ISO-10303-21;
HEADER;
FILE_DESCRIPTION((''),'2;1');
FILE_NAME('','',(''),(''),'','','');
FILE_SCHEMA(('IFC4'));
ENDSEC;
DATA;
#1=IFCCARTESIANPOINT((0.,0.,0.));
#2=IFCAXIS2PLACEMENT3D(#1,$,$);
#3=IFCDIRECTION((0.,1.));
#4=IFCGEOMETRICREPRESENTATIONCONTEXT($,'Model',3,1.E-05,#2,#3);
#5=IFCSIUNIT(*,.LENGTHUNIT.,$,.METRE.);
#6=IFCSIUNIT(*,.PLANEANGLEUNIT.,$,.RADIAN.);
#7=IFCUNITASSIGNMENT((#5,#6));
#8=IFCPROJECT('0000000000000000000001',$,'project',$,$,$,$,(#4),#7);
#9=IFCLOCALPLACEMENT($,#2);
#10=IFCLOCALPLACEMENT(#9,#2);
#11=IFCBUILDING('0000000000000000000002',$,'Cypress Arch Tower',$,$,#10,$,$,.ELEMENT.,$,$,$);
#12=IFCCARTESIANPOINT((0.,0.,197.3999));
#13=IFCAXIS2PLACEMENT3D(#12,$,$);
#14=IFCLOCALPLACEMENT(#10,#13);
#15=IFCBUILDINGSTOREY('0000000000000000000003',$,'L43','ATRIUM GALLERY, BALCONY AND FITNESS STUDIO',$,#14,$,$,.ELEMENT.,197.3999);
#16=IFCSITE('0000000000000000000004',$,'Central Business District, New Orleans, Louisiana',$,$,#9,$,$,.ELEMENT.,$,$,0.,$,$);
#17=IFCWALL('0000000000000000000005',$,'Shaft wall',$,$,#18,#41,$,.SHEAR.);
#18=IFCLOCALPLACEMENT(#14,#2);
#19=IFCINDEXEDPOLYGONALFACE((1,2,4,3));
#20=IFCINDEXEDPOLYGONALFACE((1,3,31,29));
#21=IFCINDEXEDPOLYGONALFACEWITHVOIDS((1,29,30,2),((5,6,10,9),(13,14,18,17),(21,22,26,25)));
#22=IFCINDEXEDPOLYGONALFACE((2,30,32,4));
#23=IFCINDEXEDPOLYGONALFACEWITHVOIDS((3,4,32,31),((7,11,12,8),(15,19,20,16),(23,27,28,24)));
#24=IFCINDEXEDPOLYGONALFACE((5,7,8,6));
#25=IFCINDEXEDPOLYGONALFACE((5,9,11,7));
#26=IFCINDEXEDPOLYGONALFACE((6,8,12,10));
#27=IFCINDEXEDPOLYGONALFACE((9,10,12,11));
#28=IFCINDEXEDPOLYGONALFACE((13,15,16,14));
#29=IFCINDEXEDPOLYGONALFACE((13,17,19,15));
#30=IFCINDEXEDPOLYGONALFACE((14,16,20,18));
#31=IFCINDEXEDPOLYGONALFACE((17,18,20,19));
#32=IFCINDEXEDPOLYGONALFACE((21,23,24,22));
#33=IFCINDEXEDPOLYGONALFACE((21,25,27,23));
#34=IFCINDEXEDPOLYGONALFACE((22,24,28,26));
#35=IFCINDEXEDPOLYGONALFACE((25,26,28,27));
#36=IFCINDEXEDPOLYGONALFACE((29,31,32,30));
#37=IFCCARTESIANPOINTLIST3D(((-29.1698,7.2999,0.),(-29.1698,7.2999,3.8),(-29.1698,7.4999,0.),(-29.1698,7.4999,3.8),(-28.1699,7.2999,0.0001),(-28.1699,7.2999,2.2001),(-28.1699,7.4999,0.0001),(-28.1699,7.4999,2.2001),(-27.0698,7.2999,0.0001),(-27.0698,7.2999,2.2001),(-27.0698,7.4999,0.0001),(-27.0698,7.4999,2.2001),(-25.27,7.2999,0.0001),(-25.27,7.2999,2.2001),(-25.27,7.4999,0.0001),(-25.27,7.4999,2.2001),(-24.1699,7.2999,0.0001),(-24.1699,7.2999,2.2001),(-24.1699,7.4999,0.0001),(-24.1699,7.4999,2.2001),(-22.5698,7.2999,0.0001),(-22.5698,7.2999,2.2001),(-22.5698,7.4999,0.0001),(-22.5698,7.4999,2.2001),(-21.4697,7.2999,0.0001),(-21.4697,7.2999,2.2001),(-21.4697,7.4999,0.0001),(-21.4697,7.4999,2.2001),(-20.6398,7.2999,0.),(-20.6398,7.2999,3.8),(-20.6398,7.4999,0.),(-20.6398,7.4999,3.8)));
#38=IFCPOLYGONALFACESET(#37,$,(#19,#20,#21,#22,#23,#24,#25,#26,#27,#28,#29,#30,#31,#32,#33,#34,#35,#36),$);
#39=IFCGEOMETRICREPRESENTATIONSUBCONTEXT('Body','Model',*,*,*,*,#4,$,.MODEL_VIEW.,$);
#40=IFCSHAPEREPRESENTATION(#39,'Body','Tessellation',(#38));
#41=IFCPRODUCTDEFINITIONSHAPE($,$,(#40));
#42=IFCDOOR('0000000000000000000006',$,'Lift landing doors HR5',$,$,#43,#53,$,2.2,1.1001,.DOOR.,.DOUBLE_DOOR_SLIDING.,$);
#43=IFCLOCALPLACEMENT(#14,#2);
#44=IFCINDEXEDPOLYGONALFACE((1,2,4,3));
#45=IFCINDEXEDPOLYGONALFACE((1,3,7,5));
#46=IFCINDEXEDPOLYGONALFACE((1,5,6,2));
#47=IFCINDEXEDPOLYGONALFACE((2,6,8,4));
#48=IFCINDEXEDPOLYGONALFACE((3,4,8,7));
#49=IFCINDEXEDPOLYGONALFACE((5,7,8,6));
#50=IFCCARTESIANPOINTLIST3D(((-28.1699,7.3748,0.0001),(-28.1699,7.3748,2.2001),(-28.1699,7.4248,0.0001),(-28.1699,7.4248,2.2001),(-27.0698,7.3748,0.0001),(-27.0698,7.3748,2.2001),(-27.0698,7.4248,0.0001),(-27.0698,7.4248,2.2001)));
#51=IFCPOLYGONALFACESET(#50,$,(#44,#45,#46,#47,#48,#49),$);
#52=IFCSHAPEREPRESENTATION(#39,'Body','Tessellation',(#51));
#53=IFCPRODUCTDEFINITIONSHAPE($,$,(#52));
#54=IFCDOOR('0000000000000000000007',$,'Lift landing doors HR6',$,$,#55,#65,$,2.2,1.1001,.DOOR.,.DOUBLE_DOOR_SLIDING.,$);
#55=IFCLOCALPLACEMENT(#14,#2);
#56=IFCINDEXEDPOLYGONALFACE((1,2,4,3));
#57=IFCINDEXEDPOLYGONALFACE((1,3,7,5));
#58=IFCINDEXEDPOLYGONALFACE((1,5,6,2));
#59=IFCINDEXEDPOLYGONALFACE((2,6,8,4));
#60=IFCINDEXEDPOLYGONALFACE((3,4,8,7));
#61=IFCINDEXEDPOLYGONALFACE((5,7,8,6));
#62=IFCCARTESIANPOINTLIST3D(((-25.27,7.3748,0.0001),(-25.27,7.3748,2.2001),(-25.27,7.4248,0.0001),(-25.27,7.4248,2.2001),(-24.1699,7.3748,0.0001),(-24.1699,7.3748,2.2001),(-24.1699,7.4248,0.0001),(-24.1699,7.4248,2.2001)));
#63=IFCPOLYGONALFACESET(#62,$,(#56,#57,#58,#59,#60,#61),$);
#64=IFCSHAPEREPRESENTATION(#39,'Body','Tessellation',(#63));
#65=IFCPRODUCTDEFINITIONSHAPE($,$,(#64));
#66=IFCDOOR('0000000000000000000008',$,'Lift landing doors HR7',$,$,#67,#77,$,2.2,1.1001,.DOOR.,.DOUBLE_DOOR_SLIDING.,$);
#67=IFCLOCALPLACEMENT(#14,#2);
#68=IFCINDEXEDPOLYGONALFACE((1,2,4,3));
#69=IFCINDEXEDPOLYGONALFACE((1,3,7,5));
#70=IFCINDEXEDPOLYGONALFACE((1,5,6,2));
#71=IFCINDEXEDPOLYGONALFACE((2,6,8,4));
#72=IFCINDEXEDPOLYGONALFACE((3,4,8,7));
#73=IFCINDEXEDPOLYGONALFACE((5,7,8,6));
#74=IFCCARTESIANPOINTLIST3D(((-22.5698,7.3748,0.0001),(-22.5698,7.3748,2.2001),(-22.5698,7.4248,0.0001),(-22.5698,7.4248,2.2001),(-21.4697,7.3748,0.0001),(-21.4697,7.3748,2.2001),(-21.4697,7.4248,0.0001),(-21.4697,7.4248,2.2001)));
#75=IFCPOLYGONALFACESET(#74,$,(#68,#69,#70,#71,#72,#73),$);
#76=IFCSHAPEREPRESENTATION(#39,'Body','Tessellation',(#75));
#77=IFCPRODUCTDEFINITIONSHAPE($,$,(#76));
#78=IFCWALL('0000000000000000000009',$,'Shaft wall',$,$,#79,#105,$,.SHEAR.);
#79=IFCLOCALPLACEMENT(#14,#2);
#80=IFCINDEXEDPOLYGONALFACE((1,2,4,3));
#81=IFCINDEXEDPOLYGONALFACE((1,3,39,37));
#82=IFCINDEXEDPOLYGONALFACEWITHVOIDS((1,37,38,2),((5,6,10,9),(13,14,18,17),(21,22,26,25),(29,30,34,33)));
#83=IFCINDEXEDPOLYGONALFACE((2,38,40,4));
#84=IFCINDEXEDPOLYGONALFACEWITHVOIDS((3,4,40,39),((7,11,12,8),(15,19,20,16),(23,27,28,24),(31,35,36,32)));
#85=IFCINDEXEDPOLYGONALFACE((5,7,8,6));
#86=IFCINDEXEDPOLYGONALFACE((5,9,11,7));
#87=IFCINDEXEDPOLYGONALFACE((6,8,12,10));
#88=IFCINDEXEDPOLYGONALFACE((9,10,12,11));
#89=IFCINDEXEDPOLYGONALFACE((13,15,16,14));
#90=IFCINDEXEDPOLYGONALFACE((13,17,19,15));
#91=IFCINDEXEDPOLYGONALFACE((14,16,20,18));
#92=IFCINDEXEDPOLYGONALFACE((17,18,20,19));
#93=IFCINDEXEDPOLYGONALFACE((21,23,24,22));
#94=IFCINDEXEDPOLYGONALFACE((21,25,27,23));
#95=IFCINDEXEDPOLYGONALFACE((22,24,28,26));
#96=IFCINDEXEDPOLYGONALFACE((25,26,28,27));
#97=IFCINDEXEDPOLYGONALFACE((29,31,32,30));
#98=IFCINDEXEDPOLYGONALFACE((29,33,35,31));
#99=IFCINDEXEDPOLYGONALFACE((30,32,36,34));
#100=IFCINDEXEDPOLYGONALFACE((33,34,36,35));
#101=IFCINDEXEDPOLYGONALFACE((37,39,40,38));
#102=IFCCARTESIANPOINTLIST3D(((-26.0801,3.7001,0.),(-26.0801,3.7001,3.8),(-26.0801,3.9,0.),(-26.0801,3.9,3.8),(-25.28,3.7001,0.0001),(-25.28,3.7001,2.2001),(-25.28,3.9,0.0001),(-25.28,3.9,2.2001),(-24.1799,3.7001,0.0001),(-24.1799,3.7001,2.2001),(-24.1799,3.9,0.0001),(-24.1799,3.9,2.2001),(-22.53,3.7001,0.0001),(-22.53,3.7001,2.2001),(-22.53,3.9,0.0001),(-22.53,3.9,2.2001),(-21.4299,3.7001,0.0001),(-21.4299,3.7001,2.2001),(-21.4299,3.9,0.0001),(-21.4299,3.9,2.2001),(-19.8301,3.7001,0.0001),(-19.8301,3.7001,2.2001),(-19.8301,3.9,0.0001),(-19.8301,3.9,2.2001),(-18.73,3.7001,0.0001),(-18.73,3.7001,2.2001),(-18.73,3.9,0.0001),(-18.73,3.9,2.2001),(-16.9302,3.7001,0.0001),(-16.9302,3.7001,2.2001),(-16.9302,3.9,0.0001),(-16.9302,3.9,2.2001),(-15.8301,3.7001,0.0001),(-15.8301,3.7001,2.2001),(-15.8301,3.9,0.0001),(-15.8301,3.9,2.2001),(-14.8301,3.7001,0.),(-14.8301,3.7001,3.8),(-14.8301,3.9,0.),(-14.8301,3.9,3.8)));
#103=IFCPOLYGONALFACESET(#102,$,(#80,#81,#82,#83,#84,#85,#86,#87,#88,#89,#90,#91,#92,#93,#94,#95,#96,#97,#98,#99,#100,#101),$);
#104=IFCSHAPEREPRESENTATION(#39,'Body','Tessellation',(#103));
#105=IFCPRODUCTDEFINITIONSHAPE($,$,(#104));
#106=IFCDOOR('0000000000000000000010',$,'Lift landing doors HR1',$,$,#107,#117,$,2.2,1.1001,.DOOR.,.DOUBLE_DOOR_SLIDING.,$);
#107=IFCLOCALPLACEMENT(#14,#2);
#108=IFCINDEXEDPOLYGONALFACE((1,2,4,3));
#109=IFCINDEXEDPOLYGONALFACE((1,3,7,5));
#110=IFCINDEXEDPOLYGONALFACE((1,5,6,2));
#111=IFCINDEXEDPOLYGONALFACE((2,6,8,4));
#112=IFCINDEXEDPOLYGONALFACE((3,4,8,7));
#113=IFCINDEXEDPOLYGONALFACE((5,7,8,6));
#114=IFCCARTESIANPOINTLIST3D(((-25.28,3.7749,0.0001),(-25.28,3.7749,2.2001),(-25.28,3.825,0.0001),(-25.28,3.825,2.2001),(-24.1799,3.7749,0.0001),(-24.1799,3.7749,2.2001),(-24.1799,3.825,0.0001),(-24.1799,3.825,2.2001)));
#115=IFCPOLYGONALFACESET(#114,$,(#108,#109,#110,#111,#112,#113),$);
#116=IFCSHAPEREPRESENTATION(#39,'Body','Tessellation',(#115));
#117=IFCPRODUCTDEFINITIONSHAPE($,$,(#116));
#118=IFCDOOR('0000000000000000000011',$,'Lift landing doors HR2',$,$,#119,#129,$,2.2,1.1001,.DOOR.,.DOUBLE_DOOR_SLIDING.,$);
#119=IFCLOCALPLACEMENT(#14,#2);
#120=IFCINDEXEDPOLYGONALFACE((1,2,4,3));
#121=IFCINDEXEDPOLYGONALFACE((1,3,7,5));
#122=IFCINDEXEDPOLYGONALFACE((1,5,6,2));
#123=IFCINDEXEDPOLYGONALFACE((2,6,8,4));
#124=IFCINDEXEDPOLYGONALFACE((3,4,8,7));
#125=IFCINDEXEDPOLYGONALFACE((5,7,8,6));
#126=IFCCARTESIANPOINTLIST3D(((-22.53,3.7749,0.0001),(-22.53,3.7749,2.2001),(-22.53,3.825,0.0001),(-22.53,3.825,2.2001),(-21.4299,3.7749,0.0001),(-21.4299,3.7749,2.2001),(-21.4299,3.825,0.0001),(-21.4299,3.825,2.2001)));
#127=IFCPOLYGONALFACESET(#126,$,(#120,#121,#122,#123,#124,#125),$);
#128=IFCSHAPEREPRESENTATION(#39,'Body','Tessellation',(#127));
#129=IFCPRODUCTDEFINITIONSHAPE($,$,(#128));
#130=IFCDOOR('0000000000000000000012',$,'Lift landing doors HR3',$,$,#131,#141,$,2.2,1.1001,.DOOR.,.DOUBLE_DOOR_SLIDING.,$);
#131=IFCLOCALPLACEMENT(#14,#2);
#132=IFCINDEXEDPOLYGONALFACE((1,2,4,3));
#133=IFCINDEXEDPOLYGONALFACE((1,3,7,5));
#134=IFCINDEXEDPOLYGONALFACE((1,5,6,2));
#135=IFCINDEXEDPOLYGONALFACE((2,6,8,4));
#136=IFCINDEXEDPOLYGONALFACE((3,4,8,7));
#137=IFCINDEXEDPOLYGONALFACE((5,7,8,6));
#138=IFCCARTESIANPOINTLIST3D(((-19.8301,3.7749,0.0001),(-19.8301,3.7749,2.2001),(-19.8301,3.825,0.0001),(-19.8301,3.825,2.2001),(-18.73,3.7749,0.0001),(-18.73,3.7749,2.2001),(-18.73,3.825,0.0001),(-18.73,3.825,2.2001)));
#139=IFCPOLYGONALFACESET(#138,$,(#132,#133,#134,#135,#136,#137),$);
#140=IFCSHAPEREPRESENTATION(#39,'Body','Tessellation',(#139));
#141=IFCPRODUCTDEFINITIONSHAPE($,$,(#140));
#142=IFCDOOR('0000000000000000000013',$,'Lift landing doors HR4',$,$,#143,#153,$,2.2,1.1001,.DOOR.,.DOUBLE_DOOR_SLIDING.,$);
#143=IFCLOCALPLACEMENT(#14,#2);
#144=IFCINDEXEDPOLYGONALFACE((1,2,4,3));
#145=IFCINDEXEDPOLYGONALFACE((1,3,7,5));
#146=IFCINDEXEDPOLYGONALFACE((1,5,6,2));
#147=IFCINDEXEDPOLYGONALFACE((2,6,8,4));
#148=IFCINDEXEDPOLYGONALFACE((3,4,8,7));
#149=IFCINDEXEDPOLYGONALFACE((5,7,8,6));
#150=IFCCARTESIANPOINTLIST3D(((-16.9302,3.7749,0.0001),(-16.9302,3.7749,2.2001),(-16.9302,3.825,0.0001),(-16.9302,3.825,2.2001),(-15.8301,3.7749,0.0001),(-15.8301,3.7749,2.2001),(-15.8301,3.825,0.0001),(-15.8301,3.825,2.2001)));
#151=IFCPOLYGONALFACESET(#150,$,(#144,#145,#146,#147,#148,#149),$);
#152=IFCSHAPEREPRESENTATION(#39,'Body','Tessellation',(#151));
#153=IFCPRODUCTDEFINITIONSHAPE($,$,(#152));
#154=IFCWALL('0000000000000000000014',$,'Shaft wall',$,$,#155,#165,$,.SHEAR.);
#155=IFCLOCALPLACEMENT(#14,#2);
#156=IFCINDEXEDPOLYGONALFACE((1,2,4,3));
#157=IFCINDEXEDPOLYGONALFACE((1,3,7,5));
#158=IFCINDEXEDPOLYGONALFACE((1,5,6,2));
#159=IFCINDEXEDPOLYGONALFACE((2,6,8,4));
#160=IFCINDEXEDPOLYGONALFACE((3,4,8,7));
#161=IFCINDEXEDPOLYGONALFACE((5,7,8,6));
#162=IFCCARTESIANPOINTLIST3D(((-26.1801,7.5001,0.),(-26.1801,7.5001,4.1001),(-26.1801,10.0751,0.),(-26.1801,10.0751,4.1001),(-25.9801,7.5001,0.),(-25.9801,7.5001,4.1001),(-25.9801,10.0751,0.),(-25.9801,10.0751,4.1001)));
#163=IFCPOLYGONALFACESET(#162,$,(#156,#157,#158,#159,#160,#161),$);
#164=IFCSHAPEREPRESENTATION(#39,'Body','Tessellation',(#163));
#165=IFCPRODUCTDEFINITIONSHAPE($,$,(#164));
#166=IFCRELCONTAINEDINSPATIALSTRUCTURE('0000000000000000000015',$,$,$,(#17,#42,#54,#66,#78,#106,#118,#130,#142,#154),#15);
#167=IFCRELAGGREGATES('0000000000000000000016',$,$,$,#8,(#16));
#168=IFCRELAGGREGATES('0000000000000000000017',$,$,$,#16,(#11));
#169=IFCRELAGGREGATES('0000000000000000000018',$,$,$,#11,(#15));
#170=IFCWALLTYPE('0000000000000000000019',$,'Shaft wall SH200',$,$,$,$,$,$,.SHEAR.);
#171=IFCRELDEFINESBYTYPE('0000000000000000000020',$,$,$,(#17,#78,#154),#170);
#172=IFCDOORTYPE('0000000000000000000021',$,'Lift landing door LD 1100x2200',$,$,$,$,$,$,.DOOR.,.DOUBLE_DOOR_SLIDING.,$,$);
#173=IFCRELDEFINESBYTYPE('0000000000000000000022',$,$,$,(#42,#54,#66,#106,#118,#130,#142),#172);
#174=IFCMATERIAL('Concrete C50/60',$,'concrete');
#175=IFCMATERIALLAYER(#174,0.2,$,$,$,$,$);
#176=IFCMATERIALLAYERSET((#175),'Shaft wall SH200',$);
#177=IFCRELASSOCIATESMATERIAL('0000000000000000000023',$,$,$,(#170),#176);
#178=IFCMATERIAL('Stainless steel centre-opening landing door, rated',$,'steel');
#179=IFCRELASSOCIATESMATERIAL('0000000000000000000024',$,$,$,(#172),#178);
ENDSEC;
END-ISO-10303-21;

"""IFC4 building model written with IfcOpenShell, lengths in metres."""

from ifc_helpers import new_model, si_unit, direction, frame, frame_2d, origin, place, context, subcontext, project, spatial, rectangle, extrude, material, layer, layer_set, type_object, element, fill, save


model = new_model("IFC4")

# Units and contexts
model_context = context("Model", 3, precision=1e-05, world=origin(), true_north=direction((0.0, 1.0)))
body_context = subcontext(model_context, "Body", "Model", "MODEL_VIEW")
ifc_project = project(units=[si_unit("LENGTHUNIT", "METRE"), si_unit("PLANEANGLEUNIT", "RADIAN")], contexts=[model_context])

# Site, building, storey
site_placement = place(None, origin())
site = spatial("IfcSite", under=ifc_project, at=site_placement, Name="Central Business District, New Orleans, Louisiana", CompositionType="ELEMENT", RefElevation=0.0)
building_placement = place(site_placement, origin())
building = spatial("IfcBuilding", under=site, at=building_placement, Name="Cypress Arch Tower", CompositionType="ELEMENT")
storey_placement = place(building_placement, frame((0.0, 0.0, 197.3999)))
storey = spatial("IfcBuildingStorey", under=building, at=storey_placement, Name="L43", Description="ATRIUM GALLERY, BALCONY AND FITNESS STUDIO", CompositionType="ELEMENT", Elevation=197.3999)

# Walls, openings, doors
ifc_material_1 = material(Name="Concrete C50/60", Category="concrete")
ifc_layer_1 = layer(ifc_material_1, 0.2)
ifc_layer_set_1 = layer_set([ifc_layer_1], Name="Shaft wall SH200")
wall_type_1 = type_object("IfcWallType", Name="Shaft wall SH200", PredefinedType="SHEAR", material=ifc_layer_set_1)
wall_1_placement = place(storey_placement, frame((-29.1699, 7.3999, 0.0), z_axis=(0.0, 0.0, 1.0), x_axis=(1.0, 0.0, 0.0)))
wall_1 = element("IfcWall", 1, at=wall_1_placement, inside=storey, type_object=wall_type_1, Name="Shaft wall", PredefinedType="SHEAR", context=body_context, shape_type="SweptSolid", body=[
    extrude(rectangle(XDim=8.53, YDim=0.2, at=frame_2d((4.2651, 0.0))), origin(), (0.0, 0.0, 1.0), 3.8),
])
opening_1_placement = place(wall_1_placement, frame((1.0, 0.0, 0.0)))
opening_1 = element("IfcOpeningElement", 2, at=opening_1_placement, cuts=wall_1, PredefinedType="OPENING", context=body_context, shape_type="SweptSolid", body=[
    extrude(rectangle(XDim=1.1001, YDim=2.2, at=frame_2d((0.55, 1.1001))), frame((0.0, 0.1099, 0.0), z_axis=(0.0, -1.0, 0.0), x_axis=(1.0, 0.0, 0.0)), (0.0, 0.0, 1.0), 0.22),
])
opening_2_placement = place(wall_1_placement, frame((3.8999, 0.0, 0.0)))
opening_2 = element("IfcOpeningElement", 3, at=opening_2_placement, cuts=wall_1, PredefinedType="OPENING", context=body_context, shape_type="SweptSolid", body=[
    extrude(rectangle(XDim=1.1001, YDim=2.2, at=frame_2d((0.55, 1.1001))), frame((0.0, 0.1099, 0.0), z_axis=(0.0, -1.0, 0.0), x_axis=(1.0, 0.0, 0.0)), (0.0, 0.0, 1.0), 0.22),
])
opening_3_placement = place(wall_1_placement, frame((6.6001, 0.0, 0.0)))
opening_3 = element("IfcOpeningElement", 4, at=opening_3_placement, cuts=wall_1, PredefinedType="OPENING", context=body_context, shape_type="SweptSolid", body=[
    extrude(rectangle(XDim=1.1001, YDim=2.2, at=frame_2d((0.55, 1.1001))), frame((0.0, 0.1099, 0.0), z_axis=(0.0, -1.0, 0.0), x_axis=(1.0, 0.0, 0.0)), (0.0, 0.0, 1.0), 0.22),
])
ifc_material_2 = material(Name="Stainless steel centre-opening landing door, rated", Category="steel")
door_type_1 = type_object("IfcDoorType", Name="Lift landing door LD 1100x2200", OperationType="DOUBLE_DOOR_SLIDING", PredefinedType="DOOR", material=ifc_material_2)
door_1_placement = place(opening_1_placement, origin())
door_1 = element("IfcDoor", 5, at=door_1_placement, inside=storey, type_object=door_type_1, Name="Lift landing doors HR5", OperationType="DOUBLE_DOOR_SLIDING", OverallHeight=2.2, OverallWidth=1.1001, PredefinedType="DOOR", context=body_context, shape_type="SweptSolid", body=[
    extrude(rectangle(XDim=1.1001, YDim=2.2, at=frame_2d((0.55, 1.1001))), frame((0.0, 0.0249, 0.0), z_axis=(0.0, -1.0, 0.0), x_axis=(1.0, 0.0, 0.0)), (0.0, 0.0, 1.0), 0.05),
])
fill(opening_1, door_1)
door_2_placement = place(opening_2_placement, origin())
door_2 = element("IfcDoor", 6, at=door_2_placement, inside=storey, type_object=door_type_1, Name="Lift landing doors HR6", OperationType="DOUBLE_DOOR_SLIDING", OverallHeight=2.2, OverallWidth=1.1001, PredefinedType="DOOR", context=body_context, shape_type="SweptSolid", body=[
    extrude(rectangle(XDim=1.1001, YDim=2.2, at=frame_2d((0.55, 1.1001))), frame((0.0, 0.0249, 0.0), z_axis=(0.0, -1.0, 0.0), x_axis=(1.0, 0.0, 0.0)), (0.0, 0.0, 1.0), 0.05),
])
fill(opening_2, door_2)
door_3_placement = place(opening_3_placement, origin())
door_3 = element("IfcDoor", 7, at=door_3_placement, inside=storey, type_object=door_type_1, Name="Lift landing doors HR7", OperationType="DOUBLE_DOOR_SLIDING", OverallHeight=2.2, OverallWidth=1.1001, PredefinedType="DOOR", context=body_context, shape_type="SweptSolid", body=[
    extrude(rectangle(XDim=1.1001, YDim=2.2, at=frame_2d((0.55, 1.1001))), frame((0.0, 0.0249, 0.0), z_axis=(0.0, -1.0, 0.0), x_axis=(1.0, 0.0, 0.0)), (0.0, 0.0, 1.0), 0.05),
])
fill(opening_3, door_3)
wall_2_placement = place(storey_placement, frame((-26.0801, 3.8, 0.0), z_axis=(0.0, 0.0, 1.0), x_axis=(1.0, 0.0, 0.0)))
wall_2 = element("IfcWall", 8, at=wall_2_placement, inside=storey, type_object=wall_type_1, Name="Shaft wall", PredefinedType="SHEAR", context=body_context, shape_type="SweptSolid", body=[
    extrude(rectangle(XDim=11.25, YDim=0.2, at=frame_2d((5.625, 0.0))), origin(), (0.0, 0.0, 1.0), 3.8),
])
opening_4_placement = place(wall_2_placement, frame((0.8, 0.0, 0.0)))
opening_4 = element("IfcOpeningElement", 9, at=opening_4_placement, cuts=wall_2, PredefinedType="OPENING", context=body_context, shape_type="SweptSolid", body=[
    extrude(rectangle(XDim=1.1001, YDim=2.2, at=frame_2d((0.55, 1.1001))), frame((0.0, 0.1099, 0.0), z_axis=(0.0, -1.0, 0.0), x_axis=(1.0, 0.0, 0.0)), (0.0, 0.0, 1.0), 0.22),
])
opening_5_placement = place(wall_2_placement, frame((3.55, 0.0, 0.0)))
opening_5 = element("IfcOpeningElement", 10, at=opening_5_placement, cuts=wall_2, PredefinedType="OPENING", context=body_context, shape_type="SweptSolid", body=[
    extrude(rectangle(XDim=1.1001, YDim=2.2, at=frame_2d((0.55, 1.1001))), frame((0.0, 0.1099, 0.0), z_axis=(0.0, -1.0, 0.0), x_axis=(1.0, 0.0, 0.0)), (0.0, 0.0, 1.0), 0.22),
])
opening_6_placement = place(wall_2_placement, frame((6.25, 0.0, 0.0)))
opening_6 = element("IfcOpeningElement", 11, at=opening_6_placement, cuts=wall_2, PredefinedType="OPENING", context=body_context, shape_type="SweptSolid", body=[
    extrude(rectangle(XDim=1.1001, YDim=2.2, at=frame_2d((0.55, 1.1001))), frame((0.0, 0.1099, 0.0), z_axis=(0.0, -1.0, 0.0), x_axis=(1.0, 0.0, 0.0)), (0.0, 0.0, 1.0), 0.22),
])
opening_7_placement = place(wall_2_placement, frame((9.1499, 0.0, 0.0)))
opening_7 = element("IfcOpeningElement", 12, at=opening_7_placement, cuts=wall_2, PredefinedType="OPENING", context=body_context, shape_type="SweptSolid", body=[
    extrude(rectangle(XDim=1.1001, YDim=2.2, at=frame_2d((0.55, 1.1001))), frame((0.0, 0.1099, 0.0), z_axis=(0.0, -1.0, 0.0), x_axis=(1.0, 0.0, 0.0)), (0.0, 0.0, 1.0), 0.22),
])
door_4_placement = place(opening_4_placement, origin())
door_4 = element("IfcDoor", 13, at=door_4_placement, inside=storey, type_object=door_type_1, Name="Lift landing doors HR1", OperationType="DOUBLE_DOOR_SLIDING", OverallHeight=2.2, OverallWidth=1.1001, PredefinedType="DOOR", context=body_context, shape_type="SweptSolid", body=[
    extrude(rectangle(XDim=1.1001, YDim=2.2, at=frame_2d((0.55, 1.1001))), frame((0.0, 0.0249, 0.0), z_axis=(0.0, -1.0, 0.0), x_axis=(1.0, 0.0, 0.0)), (0.0, 0.0, 1.0), 0.05),
])
fill(opening_4, door_4)
door_5_placement = place(opening_5_placement, origin())
door_5 = element("IfcDoor", 14, at=door_5_placement, inside=storey, type_object=door_type_1, Name="Lift landing doors HR2", OperationType="DOUBLE_DOOR_SLIDING", OverallHeight=2.2, OverallWidth=1.1001, PredefinedType="DOOR", context=body_context, shape_type="SweptSolid", body=[
    extrude(rectangle(XDim=1.1001, YDim=2.2, at=frame_2d((0.55, 1.1001))), frame((0.0, 0.0249, 0.0), z_axis=(0.0, -1.0, 0.0), x_axis=(1.0, 0.0, 0.0)), (0.0, 0.0, 1.0), 0.05),
])
fill(opening_5, door_5)
door_6_placement = place(opening_6_placement, origin())
door_6 = element("IfcDoor", 15, at=door_6_placement, inside=storey, type_object=door_type_1, Name="Lift landing doors HR3", OperationType="DOUBLE_DOOR_SLIDING", OverallHeight=2.2, OverallWidth=1.1001, PredefinedType="DOOR", context=body_context, shape_type="SweptSolid", body=[
    extrude(rectangle(XDim=1.1001, YDim=2.2, at=frame_2d((0.55, 1.1001))), frame((0.0, 0.0249, 0.0), z_axis=(0.0, -1.0, 0.0), x_axis=(1.0, 0.0, 0.0)), (0.0, 0.0, 1.0), 0.05),
])
fill(opening_6, door_6)
door_7_placement = place(opening_7_placement, origin())
door_7 = element("IfcDoor", 16, at=door_7_placement, inside=storey, type_object=door_type_1, Name="Lift landing doors HR4", OperationType="DOUBLE_DOOR_SLIDING", OverallHeight=2.2, OverallWidth=1.1001, PredefinedType="DOOR", context=body_context, shape_type="SweptSolid", body=[
    extrude(rectangle(XDim=1.1001, YDim=2.2, at=frame_2d((0.55, 1.1001))), frame((0.0, 0.0249, 0.0), z_axis=(0.0, -1.0, 0.0), x_axis=(1.0, 0.0, 0.0)), (0.0, 0.0, 1.0), 0.05),
])
fill(opening_7, door_7)

# Wall
for number, where, z_axis, x_axis, name in (
    (17, (-26.0801, 7.5, 0.0), (0.0, 0.0, 1.0), (0.0, 1.0, 0.0), "Shaft wall"),
):
    element("IfcWall", number, at=place(storey_placement, frame(where, z_axis=z_axis, x_axis=x_axis)), inside=storey, type_object=wall_type_1, Name=name, PredefinedType="SHEAR", context=body_context, shape_type="SweptSolid", body=[
        extrude(rectangle(XDim=2.575, YDim=0.2, at=frame_2d((1.2876, 0.0))), origin(), (0.0, 0.0, 1.0), 4.1001),
    ])

save(model, "model.ifc")
